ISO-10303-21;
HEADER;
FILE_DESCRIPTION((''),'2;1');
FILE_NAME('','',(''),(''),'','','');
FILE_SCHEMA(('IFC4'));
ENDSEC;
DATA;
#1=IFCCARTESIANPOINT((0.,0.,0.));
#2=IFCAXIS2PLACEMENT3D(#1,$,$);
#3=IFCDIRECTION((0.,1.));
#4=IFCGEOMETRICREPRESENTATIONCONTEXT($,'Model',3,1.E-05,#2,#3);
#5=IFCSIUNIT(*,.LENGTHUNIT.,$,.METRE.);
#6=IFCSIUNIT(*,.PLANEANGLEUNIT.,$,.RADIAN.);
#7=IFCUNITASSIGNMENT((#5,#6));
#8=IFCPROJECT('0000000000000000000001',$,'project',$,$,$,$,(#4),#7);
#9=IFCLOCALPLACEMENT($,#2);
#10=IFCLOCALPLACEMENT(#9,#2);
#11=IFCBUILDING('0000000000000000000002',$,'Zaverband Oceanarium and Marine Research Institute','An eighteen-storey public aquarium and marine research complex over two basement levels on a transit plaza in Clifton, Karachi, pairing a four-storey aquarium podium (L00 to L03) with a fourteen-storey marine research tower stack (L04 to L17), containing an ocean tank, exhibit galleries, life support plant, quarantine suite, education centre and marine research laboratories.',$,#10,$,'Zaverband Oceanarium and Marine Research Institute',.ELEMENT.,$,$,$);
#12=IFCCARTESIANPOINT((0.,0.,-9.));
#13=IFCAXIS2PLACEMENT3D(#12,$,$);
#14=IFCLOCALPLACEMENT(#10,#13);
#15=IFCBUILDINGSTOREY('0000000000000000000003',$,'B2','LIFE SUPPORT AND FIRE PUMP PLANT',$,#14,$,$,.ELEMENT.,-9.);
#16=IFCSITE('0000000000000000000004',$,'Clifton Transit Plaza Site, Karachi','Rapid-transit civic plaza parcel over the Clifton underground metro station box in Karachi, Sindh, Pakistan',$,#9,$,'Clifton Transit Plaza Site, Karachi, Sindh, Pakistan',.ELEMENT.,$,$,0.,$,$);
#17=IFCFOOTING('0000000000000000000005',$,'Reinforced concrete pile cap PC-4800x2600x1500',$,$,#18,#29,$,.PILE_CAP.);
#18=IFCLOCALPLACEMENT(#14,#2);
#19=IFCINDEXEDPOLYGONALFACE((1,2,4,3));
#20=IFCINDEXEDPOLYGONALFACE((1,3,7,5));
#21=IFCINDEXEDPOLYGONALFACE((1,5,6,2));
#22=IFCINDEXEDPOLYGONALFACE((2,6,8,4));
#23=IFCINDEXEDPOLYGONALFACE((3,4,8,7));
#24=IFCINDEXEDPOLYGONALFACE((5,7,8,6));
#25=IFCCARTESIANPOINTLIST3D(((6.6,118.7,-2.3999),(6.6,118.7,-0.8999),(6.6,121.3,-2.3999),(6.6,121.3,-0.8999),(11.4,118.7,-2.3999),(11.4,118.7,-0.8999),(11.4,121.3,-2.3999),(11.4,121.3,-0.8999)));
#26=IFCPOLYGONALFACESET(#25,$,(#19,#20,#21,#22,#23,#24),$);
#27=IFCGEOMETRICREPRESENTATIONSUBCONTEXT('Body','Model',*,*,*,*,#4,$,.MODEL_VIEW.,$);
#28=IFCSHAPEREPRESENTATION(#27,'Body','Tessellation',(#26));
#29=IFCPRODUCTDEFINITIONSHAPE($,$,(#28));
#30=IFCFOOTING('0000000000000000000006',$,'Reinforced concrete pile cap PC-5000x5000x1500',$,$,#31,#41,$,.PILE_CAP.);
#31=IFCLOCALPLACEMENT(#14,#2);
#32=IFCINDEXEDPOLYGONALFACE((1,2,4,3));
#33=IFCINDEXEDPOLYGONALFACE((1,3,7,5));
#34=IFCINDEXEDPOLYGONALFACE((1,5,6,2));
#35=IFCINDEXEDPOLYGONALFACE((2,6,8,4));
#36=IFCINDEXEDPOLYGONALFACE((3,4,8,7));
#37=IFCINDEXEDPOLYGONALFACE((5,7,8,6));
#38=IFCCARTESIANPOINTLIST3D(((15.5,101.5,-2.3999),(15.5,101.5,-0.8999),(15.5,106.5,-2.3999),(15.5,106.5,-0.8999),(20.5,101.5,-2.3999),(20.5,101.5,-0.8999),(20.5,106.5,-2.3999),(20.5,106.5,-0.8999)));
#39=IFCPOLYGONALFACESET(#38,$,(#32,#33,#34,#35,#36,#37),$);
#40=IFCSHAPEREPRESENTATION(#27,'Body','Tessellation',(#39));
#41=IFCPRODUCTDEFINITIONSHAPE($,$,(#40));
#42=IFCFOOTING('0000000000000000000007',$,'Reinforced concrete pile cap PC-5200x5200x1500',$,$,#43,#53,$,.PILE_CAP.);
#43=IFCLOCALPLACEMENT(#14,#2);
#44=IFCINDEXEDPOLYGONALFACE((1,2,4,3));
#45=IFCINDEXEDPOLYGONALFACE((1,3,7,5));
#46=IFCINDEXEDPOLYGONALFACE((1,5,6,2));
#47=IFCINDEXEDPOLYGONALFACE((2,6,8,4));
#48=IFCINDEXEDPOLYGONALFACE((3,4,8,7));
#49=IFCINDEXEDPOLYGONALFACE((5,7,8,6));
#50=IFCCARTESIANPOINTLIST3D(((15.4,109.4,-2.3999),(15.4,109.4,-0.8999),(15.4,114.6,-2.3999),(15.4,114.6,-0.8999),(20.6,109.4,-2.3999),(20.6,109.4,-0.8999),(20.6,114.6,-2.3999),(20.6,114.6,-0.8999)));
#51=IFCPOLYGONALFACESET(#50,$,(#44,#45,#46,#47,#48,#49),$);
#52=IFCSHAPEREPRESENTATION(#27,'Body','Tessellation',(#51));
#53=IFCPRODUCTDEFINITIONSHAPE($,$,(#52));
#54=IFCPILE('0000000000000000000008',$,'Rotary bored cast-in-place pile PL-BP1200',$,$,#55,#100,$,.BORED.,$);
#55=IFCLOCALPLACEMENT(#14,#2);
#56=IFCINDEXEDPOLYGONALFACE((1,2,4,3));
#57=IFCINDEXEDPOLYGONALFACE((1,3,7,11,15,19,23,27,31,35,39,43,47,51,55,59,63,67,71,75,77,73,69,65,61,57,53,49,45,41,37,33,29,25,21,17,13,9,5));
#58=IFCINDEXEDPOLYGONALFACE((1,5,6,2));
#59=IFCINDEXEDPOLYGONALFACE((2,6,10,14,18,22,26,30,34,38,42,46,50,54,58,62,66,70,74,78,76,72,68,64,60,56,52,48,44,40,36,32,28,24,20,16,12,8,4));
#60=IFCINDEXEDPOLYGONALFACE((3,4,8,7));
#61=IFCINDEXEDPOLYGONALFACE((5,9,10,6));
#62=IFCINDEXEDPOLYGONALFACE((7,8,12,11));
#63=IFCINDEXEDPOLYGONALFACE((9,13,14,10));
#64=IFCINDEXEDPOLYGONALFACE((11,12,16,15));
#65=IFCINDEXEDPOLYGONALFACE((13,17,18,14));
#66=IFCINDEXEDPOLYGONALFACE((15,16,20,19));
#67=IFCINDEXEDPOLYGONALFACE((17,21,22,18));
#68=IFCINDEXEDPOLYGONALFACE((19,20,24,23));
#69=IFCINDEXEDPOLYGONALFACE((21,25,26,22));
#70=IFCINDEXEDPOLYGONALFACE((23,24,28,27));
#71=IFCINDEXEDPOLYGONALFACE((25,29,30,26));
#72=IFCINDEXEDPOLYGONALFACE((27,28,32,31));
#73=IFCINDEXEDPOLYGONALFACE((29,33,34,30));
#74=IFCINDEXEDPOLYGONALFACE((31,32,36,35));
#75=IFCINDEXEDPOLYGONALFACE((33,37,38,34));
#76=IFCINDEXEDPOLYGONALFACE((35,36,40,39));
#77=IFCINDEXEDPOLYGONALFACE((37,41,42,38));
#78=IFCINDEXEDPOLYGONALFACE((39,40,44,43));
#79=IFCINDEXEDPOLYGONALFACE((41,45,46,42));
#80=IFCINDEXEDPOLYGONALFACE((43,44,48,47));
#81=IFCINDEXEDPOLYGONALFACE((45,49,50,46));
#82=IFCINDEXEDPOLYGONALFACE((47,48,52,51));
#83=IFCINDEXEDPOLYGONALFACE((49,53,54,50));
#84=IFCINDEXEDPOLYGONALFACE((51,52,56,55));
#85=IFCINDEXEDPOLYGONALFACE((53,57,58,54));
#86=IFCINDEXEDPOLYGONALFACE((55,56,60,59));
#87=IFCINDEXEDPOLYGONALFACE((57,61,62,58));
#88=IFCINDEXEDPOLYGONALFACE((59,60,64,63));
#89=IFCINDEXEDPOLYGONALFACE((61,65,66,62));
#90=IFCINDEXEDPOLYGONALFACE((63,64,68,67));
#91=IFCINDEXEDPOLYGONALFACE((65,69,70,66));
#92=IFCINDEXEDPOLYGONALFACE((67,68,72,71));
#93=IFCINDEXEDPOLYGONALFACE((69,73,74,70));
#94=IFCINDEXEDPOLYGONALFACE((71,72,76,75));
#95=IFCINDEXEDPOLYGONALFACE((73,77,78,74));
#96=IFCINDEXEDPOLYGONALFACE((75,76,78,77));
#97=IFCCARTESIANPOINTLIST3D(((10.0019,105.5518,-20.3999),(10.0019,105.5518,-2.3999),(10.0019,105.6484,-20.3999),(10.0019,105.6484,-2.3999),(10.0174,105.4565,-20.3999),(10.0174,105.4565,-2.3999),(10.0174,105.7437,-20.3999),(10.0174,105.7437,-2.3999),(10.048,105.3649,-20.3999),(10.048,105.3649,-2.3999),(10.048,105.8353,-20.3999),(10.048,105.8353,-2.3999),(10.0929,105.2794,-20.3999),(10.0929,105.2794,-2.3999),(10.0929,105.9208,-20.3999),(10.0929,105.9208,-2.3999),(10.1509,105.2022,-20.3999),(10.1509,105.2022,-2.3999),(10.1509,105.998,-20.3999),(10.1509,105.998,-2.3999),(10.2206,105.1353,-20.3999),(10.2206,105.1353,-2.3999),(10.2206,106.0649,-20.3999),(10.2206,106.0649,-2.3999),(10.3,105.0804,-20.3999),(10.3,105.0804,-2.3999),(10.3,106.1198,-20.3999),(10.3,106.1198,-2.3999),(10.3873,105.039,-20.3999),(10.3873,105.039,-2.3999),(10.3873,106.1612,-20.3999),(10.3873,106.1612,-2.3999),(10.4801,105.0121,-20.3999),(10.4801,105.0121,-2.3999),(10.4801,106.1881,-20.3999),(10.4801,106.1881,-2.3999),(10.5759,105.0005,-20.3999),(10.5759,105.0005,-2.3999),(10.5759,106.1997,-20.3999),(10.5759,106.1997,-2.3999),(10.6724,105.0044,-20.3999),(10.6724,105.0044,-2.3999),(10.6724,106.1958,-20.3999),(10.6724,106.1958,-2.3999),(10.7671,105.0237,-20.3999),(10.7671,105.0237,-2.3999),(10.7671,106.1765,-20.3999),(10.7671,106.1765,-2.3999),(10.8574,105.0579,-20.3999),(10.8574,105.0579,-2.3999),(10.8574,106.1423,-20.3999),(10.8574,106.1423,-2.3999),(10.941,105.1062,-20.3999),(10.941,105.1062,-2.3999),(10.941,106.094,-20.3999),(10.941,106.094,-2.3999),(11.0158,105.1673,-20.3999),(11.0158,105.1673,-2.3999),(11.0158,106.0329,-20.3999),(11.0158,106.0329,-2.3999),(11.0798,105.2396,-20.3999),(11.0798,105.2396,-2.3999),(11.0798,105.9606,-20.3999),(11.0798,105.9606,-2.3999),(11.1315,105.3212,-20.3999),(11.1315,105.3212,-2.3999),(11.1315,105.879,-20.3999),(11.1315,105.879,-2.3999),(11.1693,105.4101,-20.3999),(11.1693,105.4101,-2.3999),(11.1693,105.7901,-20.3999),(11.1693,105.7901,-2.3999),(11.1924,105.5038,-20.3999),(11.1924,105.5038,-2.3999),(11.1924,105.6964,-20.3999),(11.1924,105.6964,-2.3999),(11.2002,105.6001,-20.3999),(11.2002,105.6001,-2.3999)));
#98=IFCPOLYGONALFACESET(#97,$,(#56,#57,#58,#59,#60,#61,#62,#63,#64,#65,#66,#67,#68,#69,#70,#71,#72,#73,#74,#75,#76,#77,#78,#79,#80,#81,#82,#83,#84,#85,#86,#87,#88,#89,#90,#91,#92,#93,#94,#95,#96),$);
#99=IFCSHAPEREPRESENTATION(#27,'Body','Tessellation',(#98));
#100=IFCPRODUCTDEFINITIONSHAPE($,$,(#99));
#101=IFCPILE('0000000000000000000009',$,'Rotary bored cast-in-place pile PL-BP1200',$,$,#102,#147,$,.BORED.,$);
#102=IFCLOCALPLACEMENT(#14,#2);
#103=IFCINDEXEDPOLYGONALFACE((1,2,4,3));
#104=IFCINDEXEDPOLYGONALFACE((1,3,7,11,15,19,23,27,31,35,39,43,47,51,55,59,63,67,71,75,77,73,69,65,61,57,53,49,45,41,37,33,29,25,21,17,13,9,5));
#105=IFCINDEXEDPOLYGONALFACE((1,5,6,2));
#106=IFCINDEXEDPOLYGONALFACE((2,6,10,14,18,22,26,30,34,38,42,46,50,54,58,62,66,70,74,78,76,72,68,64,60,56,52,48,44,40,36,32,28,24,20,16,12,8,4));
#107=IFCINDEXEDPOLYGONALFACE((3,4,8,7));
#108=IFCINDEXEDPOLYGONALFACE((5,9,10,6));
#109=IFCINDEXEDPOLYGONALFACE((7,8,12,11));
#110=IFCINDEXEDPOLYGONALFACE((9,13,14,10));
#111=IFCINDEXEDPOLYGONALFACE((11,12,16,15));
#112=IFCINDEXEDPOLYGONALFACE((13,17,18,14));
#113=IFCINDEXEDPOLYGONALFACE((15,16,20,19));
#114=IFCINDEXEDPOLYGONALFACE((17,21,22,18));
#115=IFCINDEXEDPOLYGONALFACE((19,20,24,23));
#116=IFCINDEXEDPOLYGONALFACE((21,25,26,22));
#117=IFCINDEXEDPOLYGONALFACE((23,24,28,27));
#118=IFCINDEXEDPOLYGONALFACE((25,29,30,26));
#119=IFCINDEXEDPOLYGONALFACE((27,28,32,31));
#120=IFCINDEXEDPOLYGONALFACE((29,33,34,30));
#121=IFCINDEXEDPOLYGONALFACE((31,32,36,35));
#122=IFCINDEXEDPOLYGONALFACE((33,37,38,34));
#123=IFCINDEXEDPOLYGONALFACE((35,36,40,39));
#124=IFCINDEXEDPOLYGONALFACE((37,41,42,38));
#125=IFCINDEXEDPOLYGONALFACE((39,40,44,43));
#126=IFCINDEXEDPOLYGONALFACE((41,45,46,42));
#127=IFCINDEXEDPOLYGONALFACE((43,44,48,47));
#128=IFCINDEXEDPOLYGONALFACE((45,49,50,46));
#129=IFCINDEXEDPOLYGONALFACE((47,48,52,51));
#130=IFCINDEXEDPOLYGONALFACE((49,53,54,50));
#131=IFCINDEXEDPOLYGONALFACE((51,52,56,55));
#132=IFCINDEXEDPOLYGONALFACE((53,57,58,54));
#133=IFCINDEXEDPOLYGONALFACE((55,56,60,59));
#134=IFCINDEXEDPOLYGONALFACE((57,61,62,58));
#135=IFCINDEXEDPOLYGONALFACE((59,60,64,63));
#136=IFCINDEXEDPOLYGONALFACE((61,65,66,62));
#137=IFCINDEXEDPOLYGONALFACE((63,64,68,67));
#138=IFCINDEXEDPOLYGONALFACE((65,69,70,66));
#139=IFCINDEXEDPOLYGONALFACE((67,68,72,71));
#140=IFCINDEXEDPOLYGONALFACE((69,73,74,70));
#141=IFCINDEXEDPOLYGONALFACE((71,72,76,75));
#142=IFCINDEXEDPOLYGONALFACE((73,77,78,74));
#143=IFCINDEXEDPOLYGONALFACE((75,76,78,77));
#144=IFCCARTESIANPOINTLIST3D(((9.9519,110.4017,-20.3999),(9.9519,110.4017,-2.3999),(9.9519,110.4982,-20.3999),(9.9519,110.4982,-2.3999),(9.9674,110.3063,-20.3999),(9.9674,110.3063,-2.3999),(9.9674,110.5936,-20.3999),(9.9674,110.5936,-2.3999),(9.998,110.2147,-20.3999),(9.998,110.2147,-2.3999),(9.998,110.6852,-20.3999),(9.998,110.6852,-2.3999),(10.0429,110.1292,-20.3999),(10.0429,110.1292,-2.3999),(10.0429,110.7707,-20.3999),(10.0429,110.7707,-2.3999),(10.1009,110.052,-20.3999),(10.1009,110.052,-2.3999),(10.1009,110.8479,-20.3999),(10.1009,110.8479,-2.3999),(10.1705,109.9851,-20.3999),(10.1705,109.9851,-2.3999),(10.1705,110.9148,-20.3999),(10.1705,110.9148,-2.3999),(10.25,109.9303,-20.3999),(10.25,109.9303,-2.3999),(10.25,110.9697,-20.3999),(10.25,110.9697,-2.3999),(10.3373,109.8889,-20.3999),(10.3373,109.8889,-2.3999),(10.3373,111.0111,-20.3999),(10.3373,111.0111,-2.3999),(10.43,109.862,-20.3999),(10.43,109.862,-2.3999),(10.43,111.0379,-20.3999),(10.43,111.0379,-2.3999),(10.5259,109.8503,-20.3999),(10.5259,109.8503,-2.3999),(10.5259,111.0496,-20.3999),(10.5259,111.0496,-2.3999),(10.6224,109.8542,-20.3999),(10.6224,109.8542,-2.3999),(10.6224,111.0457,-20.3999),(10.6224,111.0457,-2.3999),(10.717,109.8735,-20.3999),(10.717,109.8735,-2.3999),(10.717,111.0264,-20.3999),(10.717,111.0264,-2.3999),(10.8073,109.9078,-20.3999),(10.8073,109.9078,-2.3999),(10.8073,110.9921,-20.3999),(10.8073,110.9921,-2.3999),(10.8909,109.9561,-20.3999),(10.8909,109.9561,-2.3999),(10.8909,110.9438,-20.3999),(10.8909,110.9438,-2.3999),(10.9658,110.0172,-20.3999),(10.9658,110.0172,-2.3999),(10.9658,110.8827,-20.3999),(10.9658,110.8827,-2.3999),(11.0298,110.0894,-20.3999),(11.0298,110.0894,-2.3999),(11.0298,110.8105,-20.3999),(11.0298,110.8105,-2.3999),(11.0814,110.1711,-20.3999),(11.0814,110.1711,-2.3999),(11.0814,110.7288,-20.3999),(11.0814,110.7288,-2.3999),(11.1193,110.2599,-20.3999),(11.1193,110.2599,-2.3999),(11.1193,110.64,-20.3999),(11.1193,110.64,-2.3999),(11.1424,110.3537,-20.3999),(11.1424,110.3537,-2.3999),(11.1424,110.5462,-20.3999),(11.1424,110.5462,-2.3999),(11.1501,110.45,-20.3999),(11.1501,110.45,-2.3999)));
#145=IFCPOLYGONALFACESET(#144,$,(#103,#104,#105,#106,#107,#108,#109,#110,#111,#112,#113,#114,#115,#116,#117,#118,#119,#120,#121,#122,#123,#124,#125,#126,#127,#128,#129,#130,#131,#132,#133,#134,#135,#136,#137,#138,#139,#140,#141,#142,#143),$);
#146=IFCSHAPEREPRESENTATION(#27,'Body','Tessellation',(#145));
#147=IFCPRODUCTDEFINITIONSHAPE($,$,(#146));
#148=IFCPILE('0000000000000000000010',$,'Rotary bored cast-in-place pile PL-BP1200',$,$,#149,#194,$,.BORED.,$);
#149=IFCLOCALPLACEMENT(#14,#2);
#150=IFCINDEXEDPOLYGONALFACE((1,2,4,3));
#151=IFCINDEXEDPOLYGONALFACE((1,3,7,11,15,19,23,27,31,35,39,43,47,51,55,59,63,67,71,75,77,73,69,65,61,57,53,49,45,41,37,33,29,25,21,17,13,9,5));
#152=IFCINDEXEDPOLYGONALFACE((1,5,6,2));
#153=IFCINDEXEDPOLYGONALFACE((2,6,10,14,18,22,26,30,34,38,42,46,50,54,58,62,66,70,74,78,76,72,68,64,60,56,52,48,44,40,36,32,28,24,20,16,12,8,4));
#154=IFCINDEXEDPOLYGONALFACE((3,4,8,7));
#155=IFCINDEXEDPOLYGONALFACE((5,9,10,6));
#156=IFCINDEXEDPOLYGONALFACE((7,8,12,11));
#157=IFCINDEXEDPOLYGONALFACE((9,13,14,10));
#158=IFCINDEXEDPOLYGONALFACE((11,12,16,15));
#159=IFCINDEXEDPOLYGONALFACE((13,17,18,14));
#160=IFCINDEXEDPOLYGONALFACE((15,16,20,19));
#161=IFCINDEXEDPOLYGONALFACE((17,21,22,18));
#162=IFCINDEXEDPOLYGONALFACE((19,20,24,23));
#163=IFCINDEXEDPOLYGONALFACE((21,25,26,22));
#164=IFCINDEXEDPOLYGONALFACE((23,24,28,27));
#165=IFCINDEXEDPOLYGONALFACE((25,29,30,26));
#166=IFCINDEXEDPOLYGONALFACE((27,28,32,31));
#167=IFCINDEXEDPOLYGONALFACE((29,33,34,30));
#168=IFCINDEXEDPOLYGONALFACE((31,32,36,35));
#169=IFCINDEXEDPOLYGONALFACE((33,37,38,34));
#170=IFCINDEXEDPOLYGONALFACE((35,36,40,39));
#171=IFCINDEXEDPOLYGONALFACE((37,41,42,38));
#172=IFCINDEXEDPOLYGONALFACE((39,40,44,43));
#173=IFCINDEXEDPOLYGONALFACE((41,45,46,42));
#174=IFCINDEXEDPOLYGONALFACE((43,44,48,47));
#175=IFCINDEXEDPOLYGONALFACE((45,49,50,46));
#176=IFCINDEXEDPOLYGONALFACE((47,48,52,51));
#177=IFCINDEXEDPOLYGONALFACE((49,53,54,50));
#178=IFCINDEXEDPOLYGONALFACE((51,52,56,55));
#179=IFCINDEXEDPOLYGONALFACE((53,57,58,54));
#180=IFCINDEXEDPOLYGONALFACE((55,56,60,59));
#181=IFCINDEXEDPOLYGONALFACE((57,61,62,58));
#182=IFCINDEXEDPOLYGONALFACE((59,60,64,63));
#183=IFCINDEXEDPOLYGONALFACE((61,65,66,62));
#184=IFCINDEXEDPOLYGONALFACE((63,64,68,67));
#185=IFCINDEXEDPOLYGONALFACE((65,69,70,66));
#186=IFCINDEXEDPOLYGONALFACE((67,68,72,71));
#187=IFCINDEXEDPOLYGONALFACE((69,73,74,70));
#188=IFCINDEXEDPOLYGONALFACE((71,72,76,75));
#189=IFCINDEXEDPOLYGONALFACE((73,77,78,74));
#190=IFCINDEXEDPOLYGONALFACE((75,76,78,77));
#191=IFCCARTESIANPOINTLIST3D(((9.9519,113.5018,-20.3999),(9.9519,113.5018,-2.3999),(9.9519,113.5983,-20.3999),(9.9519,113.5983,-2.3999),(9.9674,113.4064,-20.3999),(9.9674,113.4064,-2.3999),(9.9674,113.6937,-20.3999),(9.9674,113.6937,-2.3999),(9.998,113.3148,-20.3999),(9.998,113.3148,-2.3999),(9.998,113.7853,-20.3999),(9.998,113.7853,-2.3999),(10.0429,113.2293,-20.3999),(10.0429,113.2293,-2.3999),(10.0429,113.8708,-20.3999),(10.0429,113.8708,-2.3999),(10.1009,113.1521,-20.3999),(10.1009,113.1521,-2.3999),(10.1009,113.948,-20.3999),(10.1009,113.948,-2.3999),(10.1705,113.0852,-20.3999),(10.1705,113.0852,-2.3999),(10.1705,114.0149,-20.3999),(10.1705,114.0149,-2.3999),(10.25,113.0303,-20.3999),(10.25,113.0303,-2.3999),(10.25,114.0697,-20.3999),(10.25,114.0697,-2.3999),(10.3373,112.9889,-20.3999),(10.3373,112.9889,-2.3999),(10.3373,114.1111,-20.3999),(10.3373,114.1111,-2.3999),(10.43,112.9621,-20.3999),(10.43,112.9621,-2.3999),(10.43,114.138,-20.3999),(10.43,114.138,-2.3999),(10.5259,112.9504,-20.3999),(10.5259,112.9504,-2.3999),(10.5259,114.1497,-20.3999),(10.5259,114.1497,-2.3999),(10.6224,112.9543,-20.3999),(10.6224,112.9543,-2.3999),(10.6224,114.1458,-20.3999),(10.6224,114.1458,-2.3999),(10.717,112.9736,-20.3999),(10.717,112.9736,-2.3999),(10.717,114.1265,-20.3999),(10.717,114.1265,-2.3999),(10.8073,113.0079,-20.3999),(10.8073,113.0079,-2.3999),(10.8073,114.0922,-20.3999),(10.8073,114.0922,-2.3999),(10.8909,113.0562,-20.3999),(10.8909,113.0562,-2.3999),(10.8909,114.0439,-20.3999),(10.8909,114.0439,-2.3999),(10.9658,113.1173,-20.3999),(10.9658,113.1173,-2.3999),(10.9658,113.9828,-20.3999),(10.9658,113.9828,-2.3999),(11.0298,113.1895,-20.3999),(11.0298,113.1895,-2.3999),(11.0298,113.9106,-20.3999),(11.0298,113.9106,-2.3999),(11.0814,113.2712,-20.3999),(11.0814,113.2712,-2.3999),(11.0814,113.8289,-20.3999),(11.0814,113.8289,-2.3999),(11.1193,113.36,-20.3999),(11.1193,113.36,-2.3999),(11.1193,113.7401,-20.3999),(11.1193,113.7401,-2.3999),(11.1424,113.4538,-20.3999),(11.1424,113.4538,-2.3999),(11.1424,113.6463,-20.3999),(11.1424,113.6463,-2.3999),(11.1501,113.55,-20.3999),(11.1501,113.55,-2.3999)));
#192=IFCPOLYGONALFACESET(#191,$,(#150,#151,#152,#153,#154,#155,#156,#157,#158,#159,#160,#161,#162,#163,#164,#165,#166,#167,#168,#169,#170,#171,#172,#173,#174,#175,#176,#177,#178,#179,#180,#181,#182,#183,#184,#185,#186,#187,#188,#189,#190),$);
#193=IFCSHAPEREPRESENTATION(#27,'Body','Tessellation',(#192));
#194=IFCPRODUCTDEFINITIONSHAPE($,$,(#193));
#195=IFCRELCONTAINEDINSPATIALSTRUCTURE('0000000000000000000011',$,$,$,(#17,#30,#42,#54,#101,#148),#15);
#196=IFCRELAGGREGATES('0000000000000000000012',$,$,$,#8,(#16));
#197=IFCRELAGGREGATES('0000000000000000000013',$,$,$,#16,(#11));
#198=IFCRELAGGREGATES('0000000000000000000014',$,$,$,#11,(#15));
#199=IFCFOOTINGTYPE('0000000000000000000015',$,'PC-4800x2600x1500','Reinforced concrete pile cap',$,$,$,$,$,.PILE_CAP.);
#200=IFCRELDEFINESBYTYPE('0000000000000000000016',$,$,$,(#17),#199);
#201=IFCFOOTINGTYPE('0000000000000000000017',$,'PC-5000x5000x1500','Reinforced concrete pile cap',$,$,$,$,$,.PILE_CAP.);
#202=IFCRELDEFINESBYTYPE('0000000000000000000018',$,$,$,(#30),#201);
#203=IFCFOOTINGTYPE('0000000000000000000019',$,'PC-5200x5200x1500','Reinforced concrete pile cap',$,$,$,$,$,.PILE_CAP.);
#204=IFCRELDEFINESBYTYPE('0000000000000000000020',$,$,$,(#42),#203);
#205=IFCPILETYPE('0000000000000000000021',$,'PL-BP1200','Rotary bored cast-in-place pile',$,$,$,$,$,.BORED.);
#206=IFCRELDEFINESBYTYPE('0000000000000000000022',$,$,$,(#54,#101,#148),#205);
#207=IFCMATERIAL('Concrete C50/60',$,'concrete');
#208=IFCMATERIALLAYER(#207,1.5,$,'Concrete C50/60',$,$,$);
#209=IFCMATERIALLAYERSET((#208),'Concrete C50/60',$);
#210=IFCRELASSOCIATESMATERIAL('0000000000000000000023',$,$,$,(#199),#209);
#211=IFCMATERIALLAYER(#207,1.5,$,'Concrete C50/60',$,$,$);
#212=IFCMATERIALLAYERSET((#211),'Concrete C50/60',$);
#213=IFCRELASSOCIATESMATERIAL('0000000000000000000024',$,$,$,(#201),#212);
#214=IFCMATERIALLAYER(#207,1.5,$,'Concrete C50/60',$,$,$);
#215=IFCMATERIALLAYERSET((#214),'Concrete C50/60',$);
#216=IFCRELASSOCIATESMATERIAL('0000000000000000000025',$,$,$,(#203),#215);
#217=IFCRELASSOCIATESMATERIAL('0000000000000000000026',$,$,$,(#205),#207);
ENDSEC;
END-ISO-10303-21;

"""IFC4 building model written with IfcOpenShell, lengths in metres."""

from ifc_helpers import new_model, si_unit, direction, frame, origin, origin_2d, place, context, subcontext, project, spatial, rectangle, circle, extrude, material, layer, layer_set, material_profile, profile_set, type_object, element, save


model = new_model("IFC4")

# Units and contexts
model_context = context("Model", 3, precision=1e-05, world=origin(), true_north=direction((0.0, 1.0)))
body_context = subcontext(model_context, "Body", "Model", "MODEL_VIEW")
ifc_project = project(units=[si_unit("LENGTHUNIT", "METRE"), si_unit("PLANEANGLEUNIT", "RADIAN")], contexts=[model_context])

# Site, building, storey
site_placement = place(None, origin())
site = spatial("IfcSite", under=ifc_project, at=site_placement, Name="Clifton Transit Plaza Site, Karachi", Description="Rapid-transit civic plaza parcel over the Clifton underground metro station box in Karachi, Sindh, Pakistan", LongName="Clifton Transit Plaza Site, Karachi, Sindh, Pakistan", CompositionType="ELEMENT", RefElevation=0.0)
building_placement = place(site_placement, origin())
building = spatial("IfcBuilding", under=site, at=building_placement, Name="Zaverband Oceanarium and Marine Research Institute", Description="An eighteen-storey public aquarium and marine research complex over two basement levels on a transit plaza in Clifton, Karachi, pairing a four-storey aquarium podium (L00 to L03) with a fourteen-storey marine research tower stack (L04 to L17), containing an ocean tank, exhibit galleries, life support plant, quarantine suite, education centre and marine research laboratories.", LongName="Zaverband Oceanarium and Marine Research Institute", CompositionType="ELEMENT")
storey_placement = place(building_placement, frame((0.0, 0.0, -9.0)))
storey = spatial("IfcBuildingStorey", under=building, at=storey_placement, Name="B2", Description="LIFE SUPPORT AND FIRE PUMP PLANT", CompositionType="ELEMENT", Elevation=-9.0)

# Footings
ifc_material_1 = material(Name="Concrete C50/60", Category="concrete")
ifc_layer_1 = layer(ifc_material_1, 1.5, Name="Concrete C50/60")
ifc_layer_set_1 = layer_set([ifc_layer_1], Name="Concrete C50/60")
footing_type_1 = type_object("IfcFootingType", Name="PC-4800x2600x1500", Description="Reinforced concrete pile cap", PredefinedType="PILE_CAP", material=ifc_layer_set_1)
footing_1_placement = place(storey_placement, frame((9.0, 120.0, -2.3999), z_axis=(0.0, 0.0, 1.0), x_axis=(1.0, 0.0, 0.0)))
element("IfcFooting", 1, at=footing_1_placement, inside=storey, type_object=footing_type_1, Name="Reinforced concrete pile cap PC-4800x2600x1500", PredefinedType="PILE_CAP", context=body_context, shape_type="SweptSolid", body=[
    extrude(rectangle(XDim=4.8, YDim=2.6001, at=origin_2d()), origin(), (0.0, 0.0, 1.0), 1.5),
])
ifc_layer_2 = layer(ifc_material_1, 1.5, Name="Concrete C50/60")
ifc_layer_set_2 = layer_set([ifc_layer_2], Name="Concrete C50/60")
footing_type_2 = type_object("IfcFootingType", Name="PC-5000x5000x1500", Description="Reinforced concrete pile cap", PredefinedType="PILE_CAP", material=ifc_layer_set_2)
footing_2_placement = place(storey_placement, frame((18.0, 104.0, -2.3999), z_axis=(0.0, 0.0, 1.0), x_axis=(1.0, 0.0, 0.0)))
element("IfcFooting", 2, at=footing_2_placement, inside=storey, type_object=footing_type_2, Name="Reinforced concrete pile cap PC-5000x5000x1500", PredefinedType="PILE_CAP", context=body_context, shape_type="SweptSolid", body=[
    extrude(rectangle(XDim=5.0, YDim=5.0, at=origin_2d()), origin(), (0.0, 0.0, 1.0), 1.5),
])
ifc_layer_3 = layer(ifc_material_1, 1.5, Name="Concrete C50/60")
ifc_layer_set_3 = layer_set([ifc_layer_3], Name="Concrete C50/60")
footing_type_3 = type_object("IfcFootingType", Name="PC-5200x5200x1500", Description="Reinforced concrete pile cap", PredefinedType="PILE_CAP", material=ifc_layer_set_3)
footing_3_placement = place(storey_placement, frame((18.0, 112.0, -2.3999), z_axis=(0.0, 0.0, 1.0), x_axis=(1.0, 0.0, 0.0)))
element("IfcFooting", 3, at=footing_3_placement, inside=storey, type_object=footing_type_3, Name="Reinforced concrete pile cap PC-5200x5200x1500", PredefinedType="PILE_CAP", context=body_context, shape_type="SweptSolid", body=[
    extrude(rectangle(XDim=5.2, YDim=5.2, at=origin_2d()), origin(), (0.0, 0.0, 1.0), 1.5),
])

# Piles
ifc_material_profile_1 = material_profile(ifc_material_1, circle(Radius=0.6001, at=origin_2d()), Name="BP1200")
ifc_profile_set_1 = profile_set([ifc_material_profile_1], Name="Concrete C50/60")
pile_type = type_object("IfcPileType", Name="PL-BP1200", Description="Rotary bored cast-in-place pile", PredefinedType="BORED", material=ifc_profile_set_1)
for number, where, z_axis, x_axis, name in (
    (4, (10.6001, 105.6001, -2.3999), (0.0, 0.0, -1.0), (1.0, 0.0, 0.0), "Rotary bored cast-in-place pile PL-BP1200"),
    (5, (10.55, 110.45, -2.3999), (0.0, 0.0, -1.0), (1.0, 0.0, 0.0), "Rotary bored cast-in-place pile PL-BP1200"),
    (6, (10.55, 113.55, -2.3999), (0.0, 0.0, -1.0), (1.0, 0.0, 0.0), "Rotary bored cast-in-place pile PL-BP1200"),
):
    element("IfcPile", number, at=place(storey_placement, frame(where, z_axis=z_axis, x_axis=x_axis)), inside=storey, type_object=pile_type, Name=name, PredefinedType="BORED", context=body_context, shape_type="SweptSolid", body=[
        extrude(circle(Radius=0.6001, at=origin_2d()), origin(), (0.0, 0.0, 1.0), 18.0),
    ])

save(model, "model.ifc")
